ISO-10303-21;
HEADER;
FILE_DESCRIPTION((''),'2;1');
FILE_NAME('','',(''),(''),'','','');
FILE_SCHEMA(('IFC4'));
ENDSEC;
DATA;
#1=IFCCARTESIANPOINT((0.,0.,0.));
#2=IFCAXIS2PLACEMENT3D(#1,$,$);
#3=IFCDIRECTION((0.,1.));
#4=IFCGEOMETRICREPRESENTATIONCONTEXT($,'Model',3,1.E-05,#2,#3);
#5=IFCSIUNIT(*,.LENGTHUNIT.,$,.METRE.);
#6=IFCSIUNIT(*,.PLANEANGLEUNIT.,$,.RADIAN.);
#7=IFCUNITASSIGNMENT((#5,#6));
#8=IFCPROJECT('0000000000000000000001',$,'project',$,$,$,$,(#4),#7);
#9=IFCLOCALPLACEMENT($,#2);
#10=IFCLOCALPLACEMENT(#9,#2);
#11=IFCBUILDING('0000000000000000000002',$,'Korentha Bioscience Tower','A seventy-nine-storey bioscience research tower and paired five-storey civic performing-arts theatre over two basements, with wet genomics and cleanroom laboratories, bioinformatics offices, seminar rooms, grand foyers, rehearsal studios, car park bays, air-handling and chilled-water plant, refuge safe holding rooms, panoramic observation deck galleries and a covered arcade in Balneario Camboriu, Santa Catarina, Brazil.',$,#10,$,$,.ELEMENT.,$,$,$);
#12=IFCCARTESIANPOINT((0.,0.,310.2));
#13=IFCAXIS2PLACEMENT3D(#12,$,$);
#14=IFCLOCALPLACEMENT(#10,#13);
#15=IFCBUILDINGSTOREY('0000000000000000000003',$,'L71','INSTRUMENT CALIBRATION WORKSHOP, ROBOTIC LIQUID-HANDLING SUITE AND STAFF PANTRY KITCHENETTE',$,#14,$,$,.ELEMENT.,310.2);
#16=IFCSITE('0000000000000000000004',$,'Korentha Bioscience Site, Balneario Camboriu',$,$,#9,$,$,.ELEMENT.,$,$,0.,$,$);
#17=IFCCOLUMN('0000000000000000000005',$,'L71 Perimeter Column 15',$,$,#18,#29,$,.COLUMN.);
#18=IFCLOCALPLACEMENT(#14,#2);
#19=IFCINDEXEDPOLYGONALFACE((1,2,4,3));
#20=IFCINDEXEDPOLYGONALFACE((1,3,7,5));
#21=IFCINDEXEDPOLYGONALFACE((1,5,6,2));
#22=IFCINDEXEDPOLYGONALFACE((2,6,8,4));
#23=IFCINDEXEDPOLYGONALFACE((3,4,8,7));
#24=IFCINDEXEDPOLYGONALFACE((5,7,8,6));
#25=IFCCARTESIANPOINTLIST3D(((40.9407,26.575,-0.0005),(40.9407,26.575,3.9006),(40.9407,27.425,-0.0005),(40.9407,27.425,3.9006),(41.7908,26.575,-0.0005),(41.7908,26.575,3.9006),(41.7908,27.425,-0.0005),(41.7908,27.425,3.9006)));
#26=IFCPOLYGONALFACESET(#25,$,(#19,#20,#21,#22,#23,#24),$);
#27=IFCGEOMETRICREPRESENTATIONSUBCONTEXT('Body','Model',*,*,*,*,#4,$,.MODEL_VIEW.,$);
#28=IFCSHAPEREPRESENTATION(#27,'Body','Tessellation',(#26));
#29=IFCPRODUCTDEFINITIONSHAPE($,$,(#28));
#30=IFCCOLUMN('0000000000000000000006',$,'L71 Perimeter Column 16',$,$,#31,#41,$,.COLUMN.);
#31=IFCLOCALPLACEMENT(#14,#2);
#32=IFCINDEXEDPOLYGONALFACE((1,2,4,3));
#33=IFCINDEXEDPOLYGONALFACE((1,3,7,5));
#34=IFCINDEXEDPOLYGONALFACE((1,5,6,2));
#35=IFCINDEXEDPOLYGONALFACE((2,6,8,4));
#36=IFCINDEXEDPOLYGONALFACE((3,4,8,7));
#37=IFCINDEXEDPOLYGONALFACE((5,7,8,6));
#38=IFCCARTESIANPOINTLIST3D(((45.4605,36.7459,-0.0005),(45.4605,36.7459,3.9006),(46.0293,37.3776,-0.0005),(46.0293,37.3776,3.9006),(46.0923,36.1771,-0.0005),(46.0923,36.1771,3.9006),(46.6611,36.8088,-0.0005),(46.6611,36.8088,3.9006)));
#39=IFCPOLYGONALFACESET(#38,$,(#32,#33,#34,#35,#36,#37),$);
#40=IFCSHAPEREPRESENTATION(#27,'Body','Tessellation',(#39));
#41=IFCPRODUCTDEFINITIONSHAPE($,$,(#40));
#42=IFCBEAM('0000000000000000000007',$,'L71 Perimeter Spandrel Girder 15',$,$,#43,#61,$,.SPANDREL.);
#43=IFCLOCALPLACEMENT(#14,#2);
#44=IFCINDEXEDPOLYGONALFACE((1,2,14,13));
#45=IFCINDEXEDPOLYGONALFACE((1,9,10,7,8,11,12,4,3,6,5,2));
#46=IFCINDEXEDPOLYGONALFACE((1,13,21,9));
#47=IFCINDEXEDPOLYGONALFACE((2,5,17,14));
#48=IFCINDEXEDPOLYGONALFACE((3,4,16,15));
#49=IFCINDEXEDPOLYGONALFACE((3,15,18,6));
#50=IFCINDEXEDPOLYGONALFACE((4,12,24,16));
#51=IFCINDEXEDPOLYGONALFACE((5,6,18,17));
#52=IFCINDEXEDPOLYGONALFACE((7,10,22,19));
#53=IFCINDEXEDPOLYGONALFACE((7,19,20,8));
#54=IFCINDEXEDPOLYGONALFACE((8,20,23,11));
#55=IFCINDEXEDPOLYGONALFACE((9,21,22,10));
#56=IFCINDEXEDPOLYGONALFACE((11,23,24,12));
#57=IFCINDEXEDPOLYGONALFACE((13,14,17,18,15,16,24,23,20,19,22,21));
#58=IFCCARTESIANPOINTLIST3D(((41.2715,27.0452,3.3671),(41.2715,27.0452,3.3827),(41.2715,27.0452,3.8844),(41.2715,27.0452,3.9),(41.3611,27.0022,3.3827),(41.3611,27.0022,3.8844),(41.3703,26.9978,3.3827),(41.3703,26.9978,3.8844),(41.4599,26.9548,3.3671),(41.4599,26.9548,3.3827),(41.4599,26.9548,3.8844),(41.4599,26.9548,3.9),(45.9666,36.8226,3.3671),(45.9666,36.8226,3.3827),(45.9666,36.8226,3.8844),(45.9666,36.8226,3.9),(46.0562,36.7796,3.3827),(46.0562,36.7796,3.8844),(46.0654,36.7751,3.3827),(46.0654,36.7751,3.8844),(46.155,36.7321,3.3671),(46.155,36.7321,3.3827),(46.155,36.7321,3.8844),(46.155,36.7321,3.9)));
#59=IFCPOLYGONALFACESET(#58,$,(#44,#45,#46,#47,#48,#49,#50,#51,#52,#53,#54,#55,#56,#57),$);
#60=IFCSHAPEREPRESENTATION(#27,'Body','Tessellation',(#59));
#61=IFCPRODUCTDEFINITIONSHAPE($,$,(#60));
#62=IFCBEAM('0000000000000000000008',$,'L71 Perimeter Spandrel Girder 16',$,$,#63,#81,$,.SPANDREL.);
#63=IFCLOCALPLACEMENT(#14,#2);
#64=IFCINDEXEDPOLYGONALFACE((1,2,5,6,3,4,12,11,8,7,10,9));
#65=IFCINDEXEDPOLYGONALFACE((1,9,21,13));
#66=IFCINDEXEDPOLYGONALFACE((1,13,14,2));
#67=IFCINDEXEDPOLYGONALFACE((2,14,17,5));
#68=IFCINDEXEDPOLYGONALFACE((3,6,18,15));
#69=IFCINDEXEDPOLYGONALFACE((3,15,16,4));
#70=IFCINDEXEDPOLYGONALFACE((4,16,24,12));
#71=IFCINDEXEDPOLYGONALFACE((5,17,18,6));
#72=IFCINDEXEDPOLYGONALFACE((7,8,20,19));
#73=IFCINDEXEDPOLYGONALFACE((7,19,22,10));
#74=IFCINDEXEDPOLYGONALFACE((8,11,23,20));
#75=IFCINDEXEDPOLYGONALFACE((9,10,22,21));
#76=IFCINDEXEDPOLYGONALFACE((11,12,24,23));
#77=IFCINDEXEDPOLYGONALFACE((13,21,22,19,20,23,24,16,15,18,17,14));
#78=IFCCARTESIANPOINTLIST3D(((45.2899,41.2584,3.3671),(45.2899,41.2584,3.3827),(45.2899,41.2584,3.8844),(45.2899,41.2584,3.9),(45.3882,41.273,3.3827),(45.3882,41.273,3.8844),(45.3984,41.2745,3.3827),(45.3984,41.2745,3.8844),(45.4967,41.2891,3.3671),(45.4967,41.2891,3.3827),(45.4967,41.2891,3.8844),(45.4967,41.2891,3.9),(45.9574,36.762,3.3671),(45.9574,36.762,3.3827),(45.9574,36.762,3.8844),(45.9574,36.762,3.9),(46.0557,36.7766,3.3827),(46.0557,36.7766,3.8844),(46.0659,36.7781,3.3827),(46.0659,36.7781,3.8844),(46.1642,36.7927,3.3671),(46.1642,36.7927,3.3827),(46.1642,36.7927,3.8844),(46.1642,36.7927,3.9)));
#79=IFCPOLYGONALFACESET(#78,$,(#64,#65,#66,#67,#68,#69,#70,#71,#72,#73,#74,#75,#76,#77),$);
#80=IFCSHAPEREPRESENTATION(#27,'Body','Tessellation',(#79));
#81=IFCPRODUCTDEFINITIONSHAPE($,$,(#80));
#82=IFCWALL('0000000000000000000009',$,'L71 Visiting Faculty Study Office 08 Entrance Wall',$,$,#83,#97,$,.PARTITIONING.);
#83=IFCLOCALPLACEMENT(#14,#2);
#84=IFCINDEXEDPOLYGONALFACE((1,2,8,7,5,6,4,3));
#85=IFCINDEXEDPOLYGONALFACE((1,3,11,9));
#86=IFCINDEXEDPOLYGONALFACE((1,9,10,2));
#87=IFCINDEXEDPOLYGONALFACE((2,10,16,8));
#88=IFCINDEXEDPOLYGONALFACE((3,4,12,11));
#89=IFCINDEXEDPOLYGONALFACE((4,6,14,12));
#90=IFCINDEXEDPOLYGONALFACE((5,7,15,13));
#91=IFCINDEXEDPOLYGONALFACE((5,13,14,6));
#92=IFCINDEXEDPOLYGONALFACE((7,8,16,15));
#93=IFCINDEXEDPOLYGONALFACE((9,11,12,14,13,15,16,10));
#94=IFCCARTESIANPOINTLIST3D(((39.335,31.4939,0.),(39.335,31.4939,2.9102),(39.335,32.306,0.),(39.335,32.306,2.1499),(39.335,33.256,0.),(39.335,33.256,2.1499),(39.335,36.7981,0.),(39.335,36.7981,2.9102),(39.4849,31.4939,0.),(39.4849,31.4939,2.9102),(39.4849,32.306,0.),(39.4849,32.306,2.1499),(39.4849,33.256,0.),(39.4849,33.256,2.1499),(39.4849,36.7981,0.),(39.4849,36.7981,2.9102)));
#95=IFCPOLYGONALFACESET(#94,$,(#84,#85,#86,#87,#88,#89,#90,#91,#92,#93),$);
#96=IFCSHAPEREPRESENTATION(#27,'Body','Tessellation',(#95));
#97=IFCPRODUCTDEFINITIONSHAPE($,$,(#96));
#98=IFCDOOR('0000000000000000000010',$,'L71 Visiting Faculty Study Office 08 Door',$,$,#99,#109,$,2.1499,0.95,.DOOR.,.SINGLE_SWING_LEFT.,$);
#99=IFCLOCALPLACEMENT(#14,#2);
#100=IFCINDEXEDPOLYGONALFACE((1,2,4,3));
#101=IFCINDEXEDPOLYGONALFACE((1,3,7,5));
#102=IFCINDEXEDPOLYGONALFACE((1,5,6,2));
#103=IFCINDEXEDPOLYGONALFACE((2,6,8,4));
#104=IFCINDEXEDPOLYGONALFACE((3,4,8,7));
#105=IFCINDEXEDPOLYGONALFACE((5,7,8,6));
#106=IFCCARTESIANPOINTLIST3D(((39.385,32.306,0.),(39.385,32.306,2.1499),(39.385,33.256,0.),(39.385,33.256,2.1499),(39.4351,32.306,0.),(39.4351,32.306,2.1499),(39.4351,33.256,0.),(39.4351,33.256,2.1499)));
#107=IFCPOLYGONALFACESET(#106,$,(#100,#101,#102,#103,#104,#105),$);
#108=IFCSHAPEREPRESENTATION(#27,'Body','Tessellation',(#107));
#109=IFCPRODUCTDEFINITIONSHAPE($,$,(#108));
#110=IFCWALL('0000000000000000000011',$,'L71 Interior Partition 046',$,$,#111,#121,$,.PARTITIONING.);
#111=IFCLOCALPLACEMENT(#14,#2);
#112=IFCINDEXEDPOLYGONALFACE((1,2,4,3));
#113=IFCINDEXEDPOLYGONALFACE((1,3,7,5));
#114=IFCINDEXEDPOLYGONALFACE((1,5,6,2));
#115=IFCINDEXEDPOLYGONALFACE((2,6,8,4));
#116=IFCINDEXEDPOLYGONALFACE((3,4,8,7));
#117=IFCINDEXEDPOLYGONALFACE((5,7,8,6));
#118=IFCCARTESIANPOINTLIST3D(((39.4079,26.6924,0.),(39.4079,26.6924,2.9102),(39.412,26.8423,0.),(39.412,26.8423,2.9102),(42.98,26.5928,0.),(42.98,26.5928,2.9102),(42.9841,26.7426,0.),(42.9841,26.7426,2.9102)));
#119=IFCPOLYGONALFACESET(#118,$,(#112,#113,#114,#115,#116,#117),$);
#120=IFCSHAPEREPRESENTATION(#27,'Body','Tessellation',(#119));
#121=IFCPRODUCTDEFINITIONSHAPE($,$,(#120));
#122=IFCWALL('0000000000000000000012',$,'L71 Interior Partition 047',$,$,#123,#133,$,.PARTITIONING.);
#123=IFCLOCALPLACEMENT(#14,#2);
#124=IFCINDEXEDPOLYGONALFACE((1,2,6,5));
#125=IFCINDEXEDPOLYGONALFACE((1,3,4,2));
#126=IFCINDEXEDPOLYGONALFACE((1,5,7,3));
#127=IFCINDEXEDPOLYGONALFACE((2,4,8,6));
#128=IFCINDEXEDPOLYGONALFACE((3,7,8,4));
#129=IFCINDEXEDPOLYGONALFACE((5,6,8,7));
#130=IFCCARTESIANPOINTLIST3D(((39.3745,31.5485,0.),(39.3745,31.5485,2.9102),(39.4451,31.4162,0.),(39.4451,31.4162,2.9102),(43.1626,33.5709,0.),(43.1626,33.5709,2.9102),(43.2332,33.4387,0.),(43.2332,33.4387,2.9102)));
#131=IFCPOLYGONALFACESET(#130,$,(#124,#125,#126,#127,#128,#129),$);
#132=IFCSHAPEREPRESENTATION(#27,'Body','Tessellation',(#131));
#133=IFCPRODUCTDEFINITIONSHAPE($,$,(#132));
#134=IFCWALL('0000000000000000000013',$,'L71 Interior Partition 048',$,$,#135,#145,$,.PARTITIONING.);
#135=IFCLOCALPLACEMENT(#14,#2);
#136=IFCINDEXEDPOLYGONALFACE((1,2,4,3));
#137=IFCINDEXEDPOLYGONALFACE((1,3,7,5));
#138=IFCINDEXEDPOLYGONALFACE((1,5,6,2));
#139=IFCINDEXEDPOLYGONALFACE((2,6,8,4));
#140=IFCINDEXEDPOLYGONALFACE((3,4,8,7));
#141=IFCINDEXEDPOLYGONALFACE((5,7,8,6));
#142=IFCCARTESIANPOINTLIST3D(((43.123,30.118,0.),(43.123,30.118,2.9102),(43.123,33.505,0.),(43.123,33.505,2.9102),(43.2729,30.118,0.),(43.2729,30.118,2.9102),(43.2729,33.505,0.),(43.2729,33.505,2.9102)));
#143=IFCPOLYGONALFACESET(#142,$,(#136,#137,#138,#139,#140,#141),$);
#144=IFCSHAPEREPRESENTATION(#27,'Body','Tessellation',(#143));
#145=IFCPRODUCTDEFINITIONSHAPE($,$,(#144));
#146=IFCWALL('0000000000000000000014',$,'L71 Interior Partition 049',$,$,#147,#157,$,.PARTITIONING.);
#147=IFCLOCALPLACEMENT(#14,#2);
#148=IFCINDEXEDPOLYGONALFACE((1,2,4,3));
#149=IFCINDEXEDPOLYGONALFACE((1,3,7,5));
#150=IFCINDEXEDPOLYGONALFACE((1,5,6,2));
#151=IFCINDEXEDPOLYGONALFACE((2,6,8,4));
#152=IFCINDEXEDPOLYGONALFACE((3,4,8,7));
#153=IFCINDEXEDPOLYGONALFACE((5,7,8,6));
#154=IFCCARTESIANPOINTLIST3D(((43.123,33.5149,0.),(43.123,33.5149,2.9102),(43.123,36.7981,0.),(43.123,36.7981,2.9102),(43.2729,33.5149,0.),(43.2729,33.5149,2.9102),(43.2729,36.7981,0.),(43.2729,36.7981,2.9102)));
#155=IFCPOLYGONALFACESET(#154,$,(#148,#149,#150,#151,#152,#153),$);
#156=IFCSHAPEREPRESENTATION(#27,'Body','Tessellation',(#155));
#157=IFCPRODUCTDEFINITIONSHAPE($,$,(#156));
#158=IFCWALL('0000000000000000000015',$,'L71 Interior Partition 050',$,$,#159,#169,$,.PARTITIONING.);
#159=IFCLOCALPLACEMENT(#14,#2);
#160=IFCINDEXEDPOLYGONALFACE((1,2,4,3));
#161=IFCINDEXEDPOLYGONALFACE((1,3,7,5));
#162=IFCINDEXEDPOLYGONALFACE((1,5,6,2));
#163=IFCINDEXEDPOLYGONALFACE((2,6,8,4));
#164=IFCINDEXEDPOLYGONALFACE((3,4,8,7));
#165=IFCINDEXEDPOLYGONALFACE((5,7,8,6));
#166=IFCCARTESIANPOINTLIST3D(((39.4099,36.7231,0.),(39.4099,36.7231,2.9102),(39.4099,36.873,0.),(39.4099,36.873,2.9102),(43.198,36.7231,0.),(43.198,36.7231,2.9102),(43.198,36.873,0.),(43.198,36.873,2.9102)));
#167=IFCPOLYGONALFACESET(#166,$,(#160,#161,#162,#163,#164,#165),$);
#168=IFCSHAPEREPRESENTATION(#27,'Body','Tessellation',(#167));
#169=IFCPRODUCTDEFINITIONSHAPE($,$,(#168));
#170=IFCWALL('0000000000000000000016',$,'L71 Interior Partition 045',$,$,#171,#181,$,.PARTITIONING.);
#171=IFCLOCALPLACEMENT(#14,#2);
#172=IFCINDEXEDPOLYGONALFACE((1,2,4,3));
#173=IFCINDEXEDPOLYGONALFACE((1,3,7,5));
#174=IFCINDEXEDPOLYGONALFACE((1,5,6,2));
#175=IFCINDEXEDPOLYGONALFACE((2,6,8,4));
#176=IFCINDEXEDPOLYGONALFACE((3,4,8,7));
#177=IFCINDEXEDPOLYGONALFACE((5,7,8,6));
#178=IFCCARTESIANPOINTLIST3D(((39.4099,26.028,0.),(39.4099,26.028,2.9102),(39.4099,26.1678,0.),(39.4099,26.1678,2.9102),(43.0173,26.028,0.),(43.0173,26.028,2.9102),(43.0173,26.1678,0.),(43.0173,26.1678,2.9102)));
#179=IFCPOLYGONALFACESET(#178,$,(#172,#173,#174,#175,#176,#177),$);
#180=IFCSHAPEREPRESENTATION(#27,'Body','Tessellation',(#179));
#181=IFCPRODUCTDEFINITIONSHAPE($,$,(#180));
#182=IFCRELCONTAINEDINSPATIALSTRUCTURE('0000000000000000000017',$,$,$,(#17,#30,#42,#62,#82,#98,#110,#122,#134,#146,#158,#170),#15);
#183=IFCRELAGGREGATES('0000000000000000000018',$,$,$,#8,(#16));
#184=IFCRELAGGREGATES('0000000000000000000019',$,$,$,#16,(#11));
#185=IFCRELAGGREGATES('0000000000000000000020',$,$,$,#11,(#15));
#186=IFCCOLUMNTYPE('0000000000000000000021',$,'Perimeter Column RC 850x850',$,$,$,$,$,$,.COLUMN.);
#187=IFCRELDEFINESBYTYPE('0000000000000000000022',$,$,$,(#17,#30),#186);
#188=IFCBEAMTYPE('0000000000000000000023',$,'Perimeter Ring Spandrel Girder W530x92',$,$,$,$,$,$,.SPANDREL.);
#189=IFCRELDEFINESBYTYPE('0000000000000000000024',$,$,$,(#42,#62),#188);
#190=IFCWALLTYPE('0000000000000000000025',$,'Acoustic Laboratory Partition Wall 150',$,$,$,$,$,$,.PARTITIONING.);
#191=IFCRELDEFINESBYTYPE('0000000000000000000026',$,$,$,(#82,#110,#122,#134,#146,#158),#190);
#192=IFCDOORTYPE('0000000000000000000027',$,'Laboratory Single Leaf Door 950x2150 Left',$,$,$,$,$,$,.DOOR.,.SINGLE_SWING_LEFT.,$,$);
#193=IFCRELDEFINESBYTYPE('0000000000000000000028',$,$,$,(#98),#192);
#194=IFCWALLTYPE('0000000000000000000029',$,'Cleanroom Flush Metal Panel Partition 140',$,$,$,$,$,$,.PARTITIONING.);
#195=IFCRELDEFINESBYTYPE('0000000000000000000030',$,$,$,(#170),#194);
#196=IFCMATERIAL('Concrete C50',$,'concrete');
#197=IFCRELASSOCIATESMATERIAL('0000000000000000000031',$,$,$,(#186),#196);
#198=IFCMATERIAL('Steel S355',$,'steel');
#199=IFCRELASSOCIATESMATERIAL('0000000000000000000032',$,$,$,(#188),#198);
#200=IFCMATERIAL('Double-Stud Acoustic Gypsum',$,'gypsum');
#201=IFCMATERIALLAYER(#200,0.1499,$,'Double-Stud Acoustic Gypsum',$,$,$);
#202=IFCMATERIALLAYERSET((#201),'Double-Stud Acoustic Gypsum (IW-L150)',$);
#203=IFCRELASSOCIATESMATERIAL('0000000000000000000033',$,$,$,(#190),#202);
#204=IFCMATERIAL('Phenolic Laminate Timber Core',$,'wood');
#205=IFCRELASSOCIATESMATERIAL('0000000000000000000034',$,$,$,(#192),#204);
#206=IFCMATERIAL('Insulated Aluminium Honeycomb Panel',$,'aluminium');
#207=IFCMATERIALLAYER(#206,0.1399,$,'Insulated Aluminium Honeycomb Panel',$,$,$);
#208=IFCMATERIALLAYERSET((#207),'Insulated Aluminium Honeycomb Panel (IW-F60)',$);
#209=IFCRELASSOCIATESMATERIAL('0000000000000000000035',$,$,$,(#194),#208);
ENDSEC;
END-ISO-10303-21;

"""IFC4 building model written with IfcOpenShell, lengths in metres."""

from ifc_helpers import new_model, si_unit, direction, frame, frame_2d, origin, origin_2d, place, context, subcontext, project, spatial, rectangle, i_section, extrude, material, layer, layer_set, material_profile, profile_set, type_object, element, fill, save


model = new_model("IFC4")

# Units and contexts
model_context = context("Model", 3, precision=1e-05, world=origin(), true_north=direction((0.0, 1.0)))
body_context = subcontext(model_context, "Body", "Model", "MODEL_VIEW")
ifc_project = project(units=[si_unit("LENGTHUNIT", "METRE"), si_unit("PLANEANGLEUNIT", "RADIAN")], contexts=[model_context])

# Site, building, storey
site_placement = place(None, origin())
site = spatial("IfcSite", under=ifc_project, at=site_placement, Name="Korentha Bioscience Site, Balneario Camboriu", CompositionType="ELEMENT", RefElevation=0.0)
building_placement = place(site_placement, origin())
building = spatial("IfcBuilding", under=site, at=building_placement, Name="Korentha Bioscience Tower", Description="A seventy-nine-storey bioscience research tower and paired five-storey civic performing-arts theatre over two basements, with wet genomics and cleanroom laboratories, bioinformatics offices, seminar rooms, grand foyers, rehearsal studios, car park bays, air-handling and chilled-water plant, refuge safe holding rooms, panoramic observation deck galleries and a covered arcade in Balneario Camboriu, Santa Catarina, Brazil.", CompositionType="ELEMENT")
storey_placement = place(building_placement, frame((0.0, 0.0, 310.2)))
storey = spatial("IfcBuildingStorey", under=building, at=storey_placement, Name="L71", Description="INSTRUMENT CALIBRATION WORKSHOP, ROBOTIC LIQUID-HANDLING SUITE AND STAFF PANTRY KITCHENETTE", CompositionType="ELEMENT", Elevation=310.2)

# Columns
ifc_material_1 = material(Name="Concrete C50", Category="concrete")
ifc_material_profile_1 = material_profile(ifc_material_1, rectangle(XDim=0.8501, YDim=0.8501, at=origin_2d()), Name="Concrete C50")
ifc_profile_set_1 = profile_set([ifc_material_profile_1], Name="Concrete C50 (COL-P08)")
column_type = type_object("IfcColumnType", Name="Perimeter Column RC 850x850", PredefinedType="COLUMN", material=ifc_profile_set_1)
for number, where, z_axis, x_axis, name in (
    (1, (41.3657, 27.0, -0.0005), (0.0, 0.0, 1.0), (0.0, 1.0, 0.0), "L71 Perimeter Column 15"),
    (2, (46.0608, 36.7773, -0.0005), (0.0, 0.0, 1.0), (0.669131, 0.743145, 0.0), "L71 Perimeter Column 16"),
):
    element("IfcColumn", number, at=place(storey_placement, frame(where, z_axis=z_axis, x_axis=x_axis)), inside=storey, type_object=column_type, Name=name, PredefinedType="COLUMN", context=body_context, shape_type="SweptSolid", body=[
        extrude(rectangle(XDim=0.8501, YDim=0.8501, at=origin_2d()), origin(), (0.0, 0.0, 1.0), 3.9011),
    ])

# Beams
ifc_material_2 = material(Name="Steel S355", Category="steel")
ifc_material_profile_2 = material_profile(ifc_material_2, i_section(OverallWidth=0.209, OverallDepth=0.533, WebThickness=0.0103, FlangeThickness=0.0156, at=origin_2d()), Name="Steel S355")
ifc_profile_set_2 = profile_set([ifc_material_profile_2], Name="Steel S355 (SB-530)")
beam_type = type_object("IfcBeamType", Name="Perimeter Ring Spandrel Girder W530x92", PredefinedType="SPANDREL", material=ifc_profile_set_2)
beam_1_placement = place(storey_placement, frame((41.3657, 27.0, 3.6335), z_axis=(0.432877, 0.901453, 0.0), x_axis=(-0.901453, 0.432877, 0.0)))
element("IfcBeam", 3, at=beam_1_placement, inside=storey, type_object=beam_type, Name="L71 Perimeter Spandrel Girder 15", PredefinedType="SPANDREL", context=body_context, shape_type="SweptSolid", body=[
    extrude(i_section(OverallWidth=0.209, OverallDepth=0.533, WebThickness=0.0103, FlangeThickness=0.0156, at=origin_2d()), origin(), (0.0, 0.0, 1.0), 10.8462),
])
beam_2_placement = place(storey_placement, frame((46.0608, 36.7773, 3.6335), z_axis=(-0.146841, 0.98916, 0.0), x_axis=(-0.98916, -0.146841, 0.0)))
element("IfcBeam", 4, at=beam_2_placement, inside=storey, type_object=beam_type, Name="L71 Perimeter Spandrel Girder 16", PredefinedType="SPANDREL", context=body_context, shape_type="SweptSolid", body=[
    extrude(i_section(OverallWidth=0.209, OverallDepth=0.533, WebThickness=0.0103, FlangeThickness=0.0156, at=origin_2d()), origin(), (0.0, 0.0, 1.0), 4.5457),
])

# Wall, opening, door
ifc_material_3 = material(Name="Double-Stud Acoustic Gypsum", Category="gypsum")
ifc_layer_1 = layer(ifc_material_3, 0.1499, Name="Double-Stud Acoustic Gypsum")
ifc_layer_set_1 = layer_set([ifc_layer_1], Name="Double-Stud Acoustic Gypsum (IW-L150)")
wall_type_1 = type_object("IfcWallType", Name="Acoustic Laboratory Partition Wall 150", PredefinedType="PARTITIONING", material=ifc_layer_set_1)
ifc_material_4 = material(Name="Phenolic Laminate Timber Core", Category="wood")
wall_1_placement = place(storey_placement, frame((39.4099, 31.4939, 0.0), z_axis=(0.0, 0.0, 1.0), x_axis=(0.0, 1.0, 0.0)))
wall_1 = element("IfcWall", 5, at=wall_1_placement, inside=storey, type_object=wall_type_1, Name="L71 Visiting Faculty Study Office 08 Entrance Wall", PredefinedType="PARTITIONING", context=body_context, shape_type="SweptSolid", body=[
    extrude(rectangle(XDim=5.3042, YDim=0.1499, at=frame_2d((2.6521, 0.0))), origin(), (0.0, 0.0, 1.0), 2.9102),
])
opening_1_placement = place(wall_1_placement, frame((0.812, 0.0, 0.0)))
opening_1 = element("IfcOpeningElement", 6, at=opening_1_placement, cuts=wall_1, PredefinedType="OPENING", context=body_context, shape_type="SweptSolid", body=[
    extrude(rectangle(XDim=0.95, YDim=2.1499, at=frame_2d((0.4751, 1.075))), frame((0.0, 0.0898, 0.0), z_axis=(0.0, -1.0, 0.0), x_axis=(1.0, 0.0, 0.0)), (0.0, 0.0, 1.0), 0.1797),
])
door_type_1 = type_object("IfcDoorType", Name="Laboratory Single Leaf Door 950x2150 Left", OperationType="SINGLE_SWING_LEFT", PredefinedType="DOOR", material=ifc_material_4)
door_1_placement = place(opening_1_placement, origin())
door_1 = element("IfcDoor", 7, at=door_1_placement, inside=storey, type_object=door_type_1, Name="L71 Visiting Faculty Study Office 08 Door", OperationType="SINGLE_SWING_LEFT", OverallHeight=2.1499, OverallWidth=0.95, PredefinedType="DOOR", context=body_context, shape_type="SweptSolid", body=[
    extrude(rectangle(XDim=0.95, YDim=2.1499, at=frame_2d((0.4751, 1.075))), frame((0.0, 0.0249, 0.0), z_axis=(0.0, -1.0, 0.0), x_axis=(1.0, 0.0, 0.0)), (0.0, 0.0, 1.0), 0.05),
])
fill(opening_1, door_1)

# Walls
wall_2_placement = place(storey_placement, frame((42.9819, 26.6677, 0.0), z_axis=(0.0, 0.0, 1.0), x_axis=(-0.999611, 0.027875, 0.0)))
element("IfcWall", 8, at=wall_2_placement, inside=storey, type_object=wall_type_1, Name="L71 Interior Partition 046", PredefinedType="PARTITIONING", context=body_context, shape_type="SweptSolid", body=[
    extrude(rectangle(XDim=3.5735, YDim=0.1499, at=frame_2d((1.7866, 0.0))), origin(), (0.0, 0.0, 1.0), 2.9102),
])
wall_3_placement = place(storey_placement, frame((39.4099, 31.4824, 0.0), z_axis=(0.0, 0.0, 1.0), x_axis=(0.882145, 0.470978, 0.0)))
element("IfcWall", 9, at=wall_3_placement, inside=storey, type_object=wall_type_1, Name="L71 Interior Partition 047", PredefinedType="PARTITIONING", context=body_context, shape_type="SweptSolid", body=[
    extrude(rectangle(XDim=4.2942, YDim=0.1499, at=frame_2d((2.147, 0.0))), origin(), (0.0, 0.0, 1.0), 2.9102),
])
wall_4_placement = place(storey_placement, frame((43.198, 33.5049, 0.0), z_axis=(0.0, 0.0, 1.0), x_axis=(0.0, -1.0, 0.0)))
element("IfcWall", 10, at=wall_4_placement, inside=storey, type_object=wall_type_1, Name="L71 Interior Partition 048", PredefinedType="PARTITIONING", context=body_context, shape_type="SweptSolid", body=[
    extrude(rectangle(XDim=3.387, YDim=0.1499, at=frame_2d((1.6934, 0.0))), origin(), (0.0, 0.0, 1.0), 2.9102),
])
wall_5_placement = place(storey_placement, frame((43.198, 36.7981, 0.0), z_axis=(0.0, 0.0, 1.0), x_axis=(0.0, -1.0, 0.0)))
element("IfcWall", 11, at=wall_5_placement, inside=storey, type_object=wall_type_1, Name="L71 Interior Partition 049", PredefinedType="PARTITIONING", context=body_context, shape_type="SweptSolid", body=[
    extrude(rectangle(XDim=3.2832, YDim=0.1499, at=frame_2d((1.6416, 0.0))), origin(), (0.0, 0.0, 1.0), 2.9102),
])
wall_6_placement = place(storey_placement, frame((39.4099, 36.7981, 0.0), z_axis=(0.0, 0.0, 1.0), x_axis=(1.0, 0.0, 0.0)))
element("IfcWall", 12, at=wall_6_placement, inside=storey, type_object=wall_type_1, Name="L71 Interior Partition 050", PredefinedType="PARTITIONING", context=body_context, shape_type="SweptSolid", body=[
    extrude(rectangle(XDim=3.7881, YDim=0.1499, at=frame_2d((1.894, 0.0))), origin(), (0.0, 0.0, 1.0), 2.9102),
])
ifc_material_5 = material(Name="Insulated Aluminium Honeycomb Panel", Category="aluminium")
ifc_layer_2 = layer(ifc_material_5, 0.1399, Name="Insulated Aluminium Honeycomb Panel")
ifc_layer_set_2 = layer_set([ifc_layer_2], Name="Insulated Aluminium Honeycomb Panel (IW-F60)")
wall_type_2 = type_object("IfcWallType", Name="Cleanroom Flush Metal Panel Partition 140", PredefinedType="PARTITIONING", material=ifc_layer_set_2)
wall_7_placement = place(storey_placement, frame((39.4099, 26.0979, 0.0), z_axis=(0.0, 0.0, 1.0), x_axis=(1.0, 0.0, 0.0)))
element("IfcWall", 13, at=wall_7_placement, inside=storey, type_object=wall_type_2, Name="L71 Interior Partition 045", PredefinedType="PARTITIONING", context=body_context, shape_type="SweptSolid", body=[
    extrude(rectangle(XDim=3.6074, YDim=0.1399, at=frame_2d((1.8037, 0.0))), origin(), (0.0, 0.0, 1.0), 2.9102),
])

save(model, "model.ifc")
